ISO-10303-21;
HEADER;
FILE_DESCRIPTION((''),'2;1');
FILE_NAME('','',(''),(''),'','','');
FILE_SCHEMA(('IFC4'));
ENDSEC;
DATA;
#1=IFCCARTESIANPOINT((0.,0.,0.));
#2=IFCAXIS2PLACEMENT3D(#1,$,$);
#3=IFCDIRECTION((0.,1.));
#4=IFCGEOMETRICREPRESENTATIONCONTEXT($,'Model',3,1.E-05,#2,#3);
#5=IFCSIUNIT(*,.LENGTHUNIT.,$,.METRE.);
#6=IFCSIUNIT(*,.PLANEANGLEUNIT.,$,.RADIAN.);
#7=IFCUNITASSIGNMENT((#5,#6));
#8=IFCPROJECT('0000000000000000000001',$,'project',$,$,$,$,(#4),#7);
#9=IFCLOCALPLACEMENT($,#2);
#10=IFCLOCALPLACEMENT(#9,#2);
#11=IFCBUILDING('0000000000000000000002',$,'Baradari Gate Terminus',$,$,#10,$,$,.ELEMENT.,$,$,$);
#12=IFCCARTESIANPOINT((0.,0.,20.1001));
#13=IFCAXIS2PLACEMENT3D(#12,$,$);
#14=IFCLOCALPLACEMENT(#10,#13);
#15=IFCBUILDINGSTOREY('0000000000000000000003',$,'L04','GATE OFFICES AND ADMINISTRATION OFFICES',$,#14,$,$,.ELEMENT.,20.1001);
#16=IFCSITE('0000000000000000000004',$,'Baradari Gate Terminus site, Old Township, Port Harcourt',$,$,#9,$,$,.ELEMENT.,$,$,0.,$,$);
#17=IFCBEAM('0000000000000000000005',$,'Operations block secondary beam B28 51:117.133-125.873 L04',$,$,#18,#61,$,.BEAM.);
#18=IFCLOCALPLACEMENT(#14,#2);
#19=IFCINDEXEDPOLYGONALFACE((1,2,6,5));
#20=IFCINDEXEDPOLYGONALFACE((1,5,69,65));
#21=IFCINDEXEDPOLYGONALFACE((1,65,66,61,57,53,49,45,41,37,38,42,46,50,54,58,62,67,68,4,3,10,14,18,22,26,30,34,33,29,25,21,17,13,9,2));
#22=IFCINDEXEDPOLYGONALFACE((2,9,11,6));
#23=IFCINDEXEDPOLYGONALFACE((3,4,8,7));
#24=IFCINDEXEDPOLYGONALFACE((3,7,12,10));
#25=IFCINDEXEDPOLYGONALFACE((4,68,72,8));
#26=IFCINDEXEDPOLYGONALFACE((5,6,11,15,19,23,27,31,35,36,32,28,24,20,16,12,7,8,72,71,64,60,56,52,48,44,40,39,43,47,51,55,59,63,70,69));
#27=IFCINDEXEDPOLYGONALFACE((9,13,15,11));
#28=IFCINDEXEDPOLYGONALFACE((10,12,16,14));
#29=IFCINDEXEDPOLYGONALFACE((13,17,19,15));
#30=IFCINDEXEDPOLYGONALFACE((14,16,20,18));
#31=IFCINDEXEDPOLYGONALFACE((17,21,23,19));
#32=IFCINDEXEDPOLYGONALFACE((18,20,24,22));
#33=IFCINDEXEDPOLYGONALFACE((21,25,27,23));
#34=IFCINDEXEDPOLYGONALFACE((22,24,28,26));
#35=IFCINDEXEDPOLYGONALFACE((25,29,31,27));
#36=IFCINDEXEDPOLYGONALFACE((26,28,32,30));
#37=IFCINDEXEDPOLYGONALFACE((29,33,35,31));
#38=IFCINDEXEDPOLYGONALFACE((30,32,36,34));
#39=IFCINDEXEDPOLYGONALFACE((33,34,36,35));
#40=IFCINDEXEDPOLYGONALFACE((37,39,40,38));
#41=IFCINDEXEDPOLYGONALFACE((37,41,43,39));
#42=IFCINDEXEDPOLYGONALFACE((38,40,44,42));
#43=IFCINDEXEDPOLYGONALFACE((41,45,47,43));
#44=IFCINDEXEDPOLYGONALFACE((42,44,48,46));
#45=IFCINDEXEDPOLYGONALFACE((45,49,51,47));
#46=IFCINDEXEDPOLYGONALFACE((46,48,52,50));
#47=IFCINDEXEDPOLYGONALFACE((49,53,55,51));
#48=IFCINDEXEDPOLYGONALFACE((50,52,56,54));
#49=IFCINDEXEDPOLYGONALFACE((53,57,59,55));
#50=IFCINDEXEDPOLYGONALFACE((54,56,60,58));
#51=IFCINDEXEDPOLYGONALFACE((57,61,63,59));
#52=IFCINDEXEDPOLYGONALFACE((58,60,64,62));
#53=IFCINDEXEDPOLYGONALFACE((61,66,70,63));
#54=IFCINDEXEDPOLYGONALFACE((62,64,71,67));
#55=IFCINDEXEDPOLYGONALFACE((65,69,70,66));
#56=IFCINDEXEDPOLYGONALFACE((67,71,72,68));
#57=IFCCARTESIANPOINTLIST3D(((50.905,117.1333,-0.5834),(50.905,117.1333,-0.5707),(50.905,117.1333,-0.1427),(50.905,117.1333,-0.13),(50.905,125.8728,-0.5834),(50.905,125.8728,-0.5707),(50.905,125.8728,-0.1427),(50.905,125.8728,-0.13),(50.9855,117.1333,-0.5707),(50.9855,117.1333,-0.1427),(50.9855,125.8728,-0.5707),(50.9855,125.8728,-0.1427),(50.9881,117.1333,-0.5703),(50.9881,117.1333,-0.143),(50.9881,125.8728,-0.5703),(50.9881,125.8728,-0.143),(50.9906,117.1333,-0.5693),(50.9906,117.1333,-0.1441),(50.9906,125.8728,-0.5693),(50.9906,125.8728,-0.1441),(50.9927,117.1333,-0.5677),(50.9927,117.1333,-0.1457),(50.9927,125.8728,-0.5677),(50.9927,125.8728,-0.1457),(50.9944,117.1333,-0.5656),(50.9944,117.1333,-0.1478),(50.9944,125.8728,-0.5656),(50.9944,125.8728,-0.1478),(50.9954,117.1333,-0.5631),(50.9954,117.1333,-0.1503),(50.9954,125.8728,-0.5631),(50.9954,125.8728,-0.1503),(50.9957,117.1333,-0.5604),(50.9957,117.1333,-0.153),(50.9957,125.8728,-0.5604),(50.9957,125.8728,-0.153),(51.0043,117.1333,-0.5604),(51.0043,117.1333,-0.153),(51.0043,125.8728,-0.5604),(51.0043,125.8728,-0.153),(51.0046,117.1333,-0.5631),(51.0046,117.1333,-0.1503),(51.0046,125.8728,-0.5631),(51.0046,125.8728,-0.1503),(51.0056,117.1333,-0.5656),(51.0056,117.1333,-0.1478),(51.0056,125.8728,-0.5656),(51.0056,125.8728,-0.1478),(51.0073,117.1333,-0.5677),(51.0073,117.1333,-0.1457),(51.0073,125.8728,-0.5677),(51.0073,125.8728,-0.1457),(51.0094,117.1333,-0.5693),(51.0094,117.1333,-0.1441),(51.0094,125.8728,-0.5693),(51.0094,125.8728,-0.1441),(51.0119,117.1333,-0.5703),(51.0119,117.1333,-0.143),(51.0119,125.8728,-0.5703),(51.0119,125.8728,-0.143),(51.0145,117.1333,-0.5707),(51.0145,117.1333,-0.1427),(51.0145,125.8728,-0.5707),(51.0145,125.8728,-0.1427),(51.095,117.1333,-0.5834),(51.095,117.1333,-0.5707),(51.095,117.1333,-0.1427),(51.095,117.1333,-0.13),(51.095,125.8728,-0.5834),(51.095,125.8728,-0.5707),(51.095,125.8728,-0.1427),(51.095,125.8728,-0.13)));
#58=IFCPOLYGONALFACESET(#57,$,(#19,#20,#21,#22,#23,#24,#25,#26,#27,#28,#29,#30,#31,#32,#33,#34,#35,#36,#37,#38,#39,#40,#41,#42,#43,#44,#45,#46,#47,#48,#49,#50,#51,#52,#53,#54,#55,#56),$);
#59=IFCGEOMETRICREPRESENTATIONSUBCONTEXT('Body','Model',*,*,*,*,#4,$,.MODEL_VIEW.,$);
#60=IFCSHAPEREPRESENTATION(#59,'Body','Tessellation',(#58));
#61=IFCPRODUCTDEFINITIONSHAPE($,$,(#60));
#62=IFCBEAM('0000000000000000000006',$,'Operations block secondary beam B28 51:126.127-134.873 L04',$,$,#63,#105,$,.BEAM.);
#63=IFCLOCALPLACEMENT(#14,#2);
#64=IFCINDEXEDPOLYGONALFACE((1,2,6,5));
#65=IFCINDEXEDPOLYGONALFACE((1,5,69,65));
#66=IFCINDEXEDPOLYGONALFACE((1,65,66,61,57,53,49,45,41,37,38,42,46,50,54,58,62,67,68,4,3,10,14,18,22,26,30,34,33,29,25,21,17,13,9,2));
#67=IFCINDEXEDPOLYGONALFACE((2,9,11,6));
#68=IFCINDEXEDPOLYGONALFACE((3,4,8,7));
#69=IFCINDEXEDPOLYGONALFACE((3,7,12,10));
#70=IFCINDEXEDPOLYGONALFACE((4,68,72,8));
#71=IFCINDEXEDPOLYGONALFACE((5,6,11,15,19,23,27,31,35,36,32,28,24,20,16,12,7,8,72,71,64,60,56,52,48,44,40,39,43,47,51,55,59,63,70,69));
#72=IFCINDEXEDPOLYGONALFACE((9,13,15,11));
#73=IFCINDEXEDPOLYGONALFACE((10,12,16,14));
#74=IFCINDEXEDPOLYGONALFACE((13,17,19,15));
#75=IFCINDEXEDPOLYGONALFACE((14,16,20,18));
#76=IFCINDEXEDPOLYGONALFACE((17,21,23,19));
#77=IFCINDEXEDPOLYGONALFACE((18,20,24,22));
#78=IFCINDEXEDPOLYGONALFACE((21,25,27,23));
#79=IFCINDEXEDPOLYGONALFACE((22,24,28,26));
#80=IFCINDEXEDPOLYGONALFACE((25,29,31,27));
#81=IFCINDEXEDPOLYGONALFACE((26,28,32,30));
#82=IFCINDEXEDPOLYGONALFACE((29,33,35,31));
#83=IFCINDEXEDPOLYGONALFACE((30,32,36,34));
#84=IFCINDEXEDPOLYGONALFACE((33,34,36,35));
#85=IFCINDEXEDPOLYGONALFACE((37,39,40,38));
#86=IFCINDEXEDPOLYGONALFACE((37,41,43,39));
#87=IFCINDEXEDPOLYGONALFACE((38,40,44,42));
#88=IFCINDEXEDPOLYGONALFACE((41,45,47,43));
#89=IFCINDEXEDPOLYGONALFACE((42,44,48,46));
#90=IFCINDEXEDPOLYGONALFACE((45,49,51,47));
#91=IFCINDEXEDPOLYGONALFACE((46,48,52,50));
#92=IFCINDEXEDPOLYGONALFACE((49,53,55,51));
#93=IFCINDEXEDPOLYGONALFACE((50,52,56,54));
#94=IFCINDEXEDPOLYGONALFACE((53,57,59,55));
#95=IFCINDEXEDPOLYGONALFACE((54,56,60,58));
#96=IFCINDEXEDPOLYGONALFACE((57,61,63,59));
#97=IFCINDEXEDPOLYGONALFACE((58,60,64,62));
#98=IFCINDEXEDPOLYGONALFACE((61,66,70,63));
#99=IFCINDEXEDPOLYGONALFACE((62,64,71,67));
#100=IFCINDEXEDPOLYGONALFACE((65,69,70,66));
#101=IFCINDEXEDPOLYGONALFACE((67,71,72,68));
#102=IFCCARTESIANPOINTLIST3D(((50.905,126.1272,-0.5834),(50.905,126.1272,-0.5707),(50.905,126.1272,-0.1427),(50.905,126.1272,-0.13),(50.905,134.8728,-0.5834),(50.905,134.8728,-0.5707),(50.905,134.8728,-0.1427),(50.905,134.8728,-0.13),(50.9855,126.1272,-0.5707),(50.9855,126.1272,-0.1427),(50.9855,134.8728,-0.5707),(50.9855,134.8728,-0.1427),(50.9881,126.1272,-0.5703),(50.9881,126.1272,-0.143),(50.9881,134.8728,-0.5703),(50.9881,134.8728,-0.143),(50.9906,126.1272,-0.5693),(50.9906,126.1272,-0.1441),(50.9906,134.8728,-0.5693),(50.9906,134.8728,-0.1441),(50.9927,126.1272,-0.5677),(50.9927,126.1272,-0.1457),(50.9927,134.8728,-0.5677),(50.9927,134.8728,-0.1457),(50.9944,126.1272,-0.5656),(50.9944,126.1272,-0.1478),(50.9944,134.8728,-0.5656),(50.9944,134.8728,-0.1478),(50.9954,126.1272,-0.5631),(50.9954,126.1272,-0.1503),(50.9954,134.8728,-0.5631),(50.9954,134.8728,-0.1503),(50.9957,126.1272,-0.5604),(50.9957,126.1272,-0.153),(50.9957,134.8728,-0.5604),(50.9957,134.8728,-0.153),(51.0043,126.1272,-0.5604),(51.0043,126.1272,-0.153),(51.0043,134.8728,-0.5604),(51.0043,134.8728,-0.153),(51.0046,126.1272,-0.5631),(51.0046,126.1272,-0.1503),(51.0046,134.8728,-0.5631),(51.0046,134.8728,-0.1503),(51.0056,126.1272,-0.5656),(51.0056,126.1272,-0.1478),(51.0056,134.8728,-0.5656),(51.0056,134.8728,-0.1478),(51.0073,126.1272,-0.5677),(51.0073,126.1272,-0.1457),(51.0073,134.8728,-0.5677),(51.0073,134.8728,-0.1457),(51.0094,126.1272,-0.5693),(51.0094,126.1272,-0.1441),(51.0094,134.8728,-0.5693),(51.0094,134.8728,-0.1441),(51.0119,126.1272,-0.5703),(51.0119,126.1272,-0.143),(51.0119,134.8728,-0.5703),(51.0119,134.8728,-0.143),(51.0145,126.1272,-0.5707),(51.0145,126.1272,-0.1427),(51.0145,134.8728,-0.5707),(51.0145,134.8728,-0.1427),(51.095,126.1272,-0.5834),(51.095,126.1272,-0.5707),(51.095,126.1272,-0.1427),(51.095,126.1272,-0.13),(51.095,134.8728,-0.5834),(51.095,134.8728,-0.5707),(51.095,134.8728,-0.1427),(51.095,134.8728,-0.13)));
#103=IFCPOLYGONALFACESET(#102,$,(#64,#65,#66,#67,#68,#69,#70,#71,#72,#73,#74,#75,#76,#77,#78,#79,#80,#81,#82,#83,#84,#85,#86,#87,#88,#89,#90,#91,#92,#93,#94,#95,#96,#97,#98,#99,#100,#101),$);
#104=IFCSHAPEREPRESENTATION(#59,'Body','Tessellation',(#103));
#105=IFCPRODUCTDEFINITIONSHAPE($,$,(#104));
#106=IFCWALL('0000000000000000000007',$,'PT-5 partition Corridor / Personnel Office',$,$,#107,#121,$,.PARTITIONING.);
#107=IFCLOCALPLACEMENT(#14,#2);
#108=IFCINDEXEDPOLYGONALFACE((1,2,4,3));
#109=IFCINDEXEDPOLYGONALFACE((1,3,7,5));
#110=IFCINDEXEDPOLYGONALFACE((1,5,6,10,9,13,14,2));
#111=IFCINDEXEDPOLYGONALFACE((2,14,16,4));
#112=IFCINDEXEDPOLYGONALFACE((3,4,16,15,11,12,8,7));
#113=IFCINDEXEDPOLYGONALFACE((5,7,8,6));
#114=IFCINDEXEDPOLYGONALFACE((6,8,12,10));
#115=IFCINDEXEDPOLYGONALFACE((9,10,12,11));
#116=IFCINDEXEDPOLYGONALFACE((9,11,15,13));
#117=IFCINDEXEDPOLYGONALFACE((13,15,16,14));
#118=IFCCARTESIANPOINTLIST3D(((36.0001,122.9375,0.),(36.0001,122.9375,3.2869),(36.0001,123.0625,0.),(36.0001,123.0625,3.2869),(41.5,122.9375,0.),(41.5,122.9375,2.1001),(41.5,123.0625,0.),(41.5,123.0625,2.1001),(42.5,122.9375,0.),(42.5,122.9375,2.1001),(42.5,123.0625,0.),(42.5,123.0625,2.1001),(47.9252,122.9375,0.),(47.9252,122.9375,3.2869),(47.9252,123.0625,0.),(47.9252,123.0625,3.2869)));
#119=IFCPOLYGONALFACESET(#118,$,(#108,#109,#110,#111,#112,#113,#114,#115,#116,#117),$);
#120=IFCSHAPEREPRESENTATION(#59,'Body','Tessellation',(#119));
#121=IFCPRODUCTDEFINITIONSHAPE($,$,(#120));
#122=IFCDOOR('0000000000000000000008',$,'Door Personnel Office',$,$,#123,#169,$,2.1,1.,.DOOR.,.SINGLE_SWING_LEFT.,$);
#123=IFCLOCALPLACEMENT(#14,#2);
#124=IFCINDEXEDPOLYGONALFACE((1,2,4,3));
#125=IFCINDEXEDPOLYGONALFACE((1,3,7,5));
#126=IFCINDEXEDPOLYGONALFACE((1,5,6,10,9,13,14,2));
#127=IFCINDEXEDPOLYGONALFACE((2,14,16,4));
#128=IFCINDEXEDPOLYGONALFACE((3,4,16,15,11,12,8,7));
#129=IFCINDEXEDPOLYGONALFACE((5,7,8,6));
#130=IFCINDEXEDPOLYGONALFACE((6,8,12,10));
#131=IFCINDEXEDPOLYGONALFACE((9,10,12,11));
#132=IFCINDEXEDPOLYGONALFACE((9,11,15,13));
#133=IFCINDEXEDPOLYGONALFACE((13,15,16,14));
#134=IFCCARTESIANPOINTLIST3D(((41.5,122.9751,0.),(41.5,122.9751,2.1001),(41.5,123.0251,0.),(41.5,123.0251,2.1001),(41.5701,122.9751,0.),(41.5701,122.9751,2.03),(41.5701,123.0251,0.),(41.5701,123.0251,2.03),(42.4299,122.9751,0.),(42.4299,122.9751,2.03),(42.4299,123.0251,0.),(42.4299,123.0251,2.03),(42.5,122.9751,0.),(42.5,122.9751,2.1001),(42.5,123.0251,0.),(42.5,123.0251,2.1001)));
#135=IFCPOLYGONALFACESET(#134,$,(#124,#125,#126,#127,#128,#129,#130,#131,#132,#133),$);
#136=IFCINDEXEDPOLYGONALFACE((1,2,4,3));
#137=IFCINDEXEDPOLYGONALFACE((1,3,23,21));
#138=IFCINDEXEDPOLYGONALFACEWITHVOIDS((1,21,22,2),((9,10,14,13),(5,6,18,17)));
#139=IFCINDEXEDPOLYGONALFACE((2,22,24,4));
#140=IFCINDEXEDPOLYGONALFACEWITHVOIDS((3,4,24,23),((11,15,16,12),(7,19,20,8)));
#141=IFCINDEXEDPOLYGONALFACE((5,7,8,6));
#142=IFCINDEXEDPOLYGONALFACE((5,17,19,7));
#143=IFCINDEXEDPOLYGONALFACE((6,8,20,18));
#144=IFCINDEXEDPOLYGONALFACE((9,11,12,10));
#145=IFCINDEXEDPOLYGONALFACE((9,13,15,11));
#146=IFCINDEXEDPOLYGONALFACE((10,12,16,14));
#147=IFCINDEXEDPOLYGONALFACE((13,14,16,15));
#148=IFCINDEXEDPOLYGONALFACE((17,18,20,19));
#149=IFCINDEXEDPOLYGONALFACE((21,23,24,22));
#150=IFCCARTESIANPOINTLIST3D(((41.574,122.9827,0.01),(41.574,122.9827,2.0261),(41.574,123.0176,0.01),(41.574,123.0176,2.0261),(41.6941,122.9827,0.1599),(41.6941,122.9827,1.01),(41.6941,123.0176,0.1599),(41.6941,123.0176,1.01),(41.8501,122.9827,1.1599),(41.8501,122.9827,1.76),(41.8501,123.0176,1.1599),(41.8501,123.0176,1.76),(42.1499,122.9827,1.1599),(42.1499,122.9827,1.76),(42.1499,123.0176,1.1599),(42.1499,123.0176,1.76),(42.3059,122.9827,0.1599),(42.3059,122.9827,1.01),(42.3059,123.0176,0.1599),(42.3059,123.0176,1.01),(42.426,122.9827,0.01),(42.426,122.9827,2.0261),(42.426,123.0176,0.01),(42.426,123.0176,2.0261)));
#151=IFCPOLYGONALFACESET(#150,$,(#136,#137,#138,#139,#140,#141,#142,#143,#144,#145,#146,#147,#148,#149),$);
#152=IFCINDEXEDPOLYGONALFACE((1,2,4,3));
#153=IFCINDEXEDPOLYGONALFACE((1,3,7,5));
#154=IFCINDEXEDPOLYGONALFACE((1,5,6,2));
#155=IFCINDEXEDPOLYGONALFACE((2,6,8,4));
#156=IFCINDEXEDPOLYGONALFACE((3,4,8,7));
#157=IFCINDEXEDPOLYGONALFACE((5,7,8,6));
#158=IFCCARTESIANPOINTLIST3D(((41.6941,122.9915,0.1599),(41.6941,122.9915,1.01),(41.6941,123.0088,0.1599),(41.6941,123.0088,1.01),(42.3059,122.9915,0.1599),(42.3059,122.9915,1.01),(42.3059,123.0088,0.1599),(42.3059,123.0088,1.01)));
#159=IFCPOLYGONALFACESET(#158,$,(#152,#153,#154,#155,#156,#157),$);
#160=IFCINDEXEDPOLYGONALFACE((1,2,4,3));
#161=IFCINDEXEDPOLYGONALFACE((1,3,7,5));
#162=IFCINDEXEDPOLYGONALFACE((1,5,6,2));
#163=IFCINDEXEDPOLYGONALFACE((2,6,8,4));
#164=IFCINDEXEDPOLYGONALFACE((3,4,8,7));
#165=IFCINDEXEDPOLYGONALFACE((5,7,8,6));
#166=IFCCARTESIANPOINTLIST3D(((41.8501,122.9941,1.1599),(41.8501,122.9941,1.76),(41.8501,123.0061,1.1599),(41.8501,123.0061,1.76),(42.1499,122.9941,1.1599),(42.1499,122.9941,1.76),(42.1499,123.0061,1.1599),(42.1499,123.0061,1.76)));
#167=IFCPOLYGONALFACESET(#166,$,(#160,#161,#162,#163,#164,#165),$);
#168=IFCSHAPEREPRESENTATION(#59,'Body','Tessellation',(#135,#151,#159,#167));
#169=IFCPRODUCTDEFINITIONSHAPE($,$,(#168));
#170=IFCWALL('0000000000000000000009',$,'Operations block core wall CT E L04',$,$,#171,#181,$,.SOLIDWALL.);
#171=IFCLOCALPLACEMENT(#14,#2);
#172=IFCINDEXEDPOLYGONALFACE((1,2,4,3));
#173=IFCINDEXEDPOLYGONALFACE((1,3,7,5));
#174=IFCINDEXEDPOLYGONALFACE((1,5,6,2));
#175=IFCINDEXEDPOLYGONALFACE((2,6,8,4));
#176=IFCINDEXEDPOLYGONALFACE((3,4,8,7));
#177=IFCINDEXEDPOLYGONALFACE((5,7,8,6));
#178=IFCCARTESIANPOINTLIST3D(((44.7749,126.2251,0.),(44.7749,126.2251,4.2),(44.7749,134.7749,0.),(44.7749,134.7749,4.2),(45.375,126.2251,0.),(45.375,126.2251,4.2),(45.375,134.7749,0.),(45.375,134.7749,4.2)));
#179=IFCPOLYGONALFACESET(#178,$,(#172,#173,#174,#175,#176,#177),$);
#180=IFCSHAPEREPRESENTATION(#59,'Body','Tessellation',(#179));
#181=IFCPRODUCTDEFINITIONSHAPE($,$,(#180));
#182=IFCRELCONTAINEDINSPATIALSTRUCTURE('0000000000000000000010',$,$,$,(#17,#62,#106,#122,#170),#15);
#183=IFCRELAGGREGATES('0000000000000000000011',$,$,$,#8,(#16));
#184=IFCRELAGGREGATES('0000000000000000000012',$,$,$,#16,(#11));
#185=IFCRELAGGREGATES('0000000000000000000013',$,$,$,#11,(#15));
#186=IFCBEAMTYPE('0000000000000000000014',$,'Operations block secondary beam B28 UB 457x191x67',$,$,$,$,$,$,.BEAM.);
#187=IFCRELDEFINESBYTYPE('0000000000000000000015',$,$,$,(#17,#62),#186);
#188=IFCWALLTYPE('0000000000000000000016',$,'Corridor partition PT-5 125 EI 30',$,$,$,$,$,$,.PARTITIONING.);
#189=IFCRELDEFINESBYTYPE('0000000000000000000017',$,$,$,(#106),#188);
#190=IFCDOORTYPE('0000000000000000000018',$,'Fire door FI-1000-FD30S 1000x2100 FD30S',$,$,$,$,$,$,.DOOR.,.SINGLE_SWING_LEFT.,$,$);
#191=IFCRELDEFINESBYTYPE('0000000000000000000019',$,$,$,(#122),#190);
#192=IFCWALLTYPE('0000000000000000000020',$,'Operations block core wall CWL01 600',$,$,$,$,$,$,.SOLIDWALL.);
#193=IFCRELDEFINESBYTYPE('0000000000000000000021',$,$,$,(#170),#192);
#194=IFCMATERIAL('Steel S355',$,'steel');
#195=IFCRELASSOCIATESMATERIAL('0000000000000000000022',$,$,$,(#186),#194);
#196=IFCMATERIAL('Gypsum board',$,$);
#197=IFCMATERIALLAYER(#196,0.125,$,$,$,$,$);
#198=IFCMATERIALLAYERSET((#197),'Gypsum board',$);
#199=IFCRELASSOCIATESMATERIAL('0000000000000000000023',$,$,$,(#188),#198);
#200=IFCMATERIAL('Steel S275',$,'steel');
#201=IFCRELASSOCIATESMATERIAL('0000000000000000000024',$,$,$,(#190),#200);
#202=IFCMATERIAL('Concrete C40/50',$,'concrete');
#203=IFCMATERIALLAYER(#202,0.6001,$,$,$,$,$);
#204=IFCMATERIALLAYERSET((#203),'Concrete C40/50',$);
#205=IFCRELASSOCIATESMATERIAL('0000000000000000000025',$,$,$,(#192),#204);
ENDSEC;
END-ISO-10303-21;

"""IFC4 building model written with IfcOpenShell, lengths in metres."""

from ifc_helpers import new_model, si_unit, direction, frame, frame_2d, origin, origin_2d, place, context, subcontext, project, spatial, polyline, rectangle, i_section, outline, extrude, material, layer, layer_set, material_profile, profile_set, type_object, element, fill, save


model = new_model("IFC4")

# Units and contexts
model_context = context("Model", 3, precision=1e-05, world=origin(), true_north=direction((0.0, 1.0)))
body_context = subcontext(model_context, "Body", "Model", "MODEL_VIEW")
ifc_project = project(units=[si_unit("LENGTHUNIT", "METRE"), si_unit("PLANEANGLEUNIT", "RADIAN")], contexts=[model_context])

# Site, building, storey
site_placement = place(None, origin())
site = spatial("IfcSite", under=ifc_project, at=site_placement, Name="Baradari Gate Terminus site, Old Township, Port Harcourt", CompositionType="ELEMENT", RefElevation=0.0)
building_placement = place(site_placement, origin())
building = spatial("IfcBuilding", under=site, at=building_placement, Name="Baradari Gate Terminus", CompositionType="ELEMENT")
storey_placement = place(building_placement, frame((0.0, 0.0, 20.1001)))
storey = spatial("IfcBuildingStorey", under=building, at=storey_placement, Name="L04", Description="GATE OFFICES AND ADMINISTRATION OFFICES", CompositionType="ELEMENT", Elevation=20.1001)

# Beams
ifc_material_1 = material(Name="Steel S355", Category="steel")
ifc_material_profile_1 = material_profile(ifc_material_1, i_section(OverallWidth=0.1899, OverallDepth=0.4534, WebThickness=0.0085, FlangeThickness=0.0127, FilletRadius=0.0103, at=origin_2d()), Name="UB 457x191x67")
ifc_profile_set_1 = profile_set([ifc_material_profile_1], Name="Steel S355")
beam_type_1 = type_object("IfcBeamType", Name="Operations block secondary beam B28 UB 457x191x67", PredefinedType="BEAM", material=ifc_profile_set_1)
beam_1_placement = place(storey_placement, frame((51.0, 117.1333, -0.3567), z_axis=(0.0, 1.0, 0.0), x_axis=(-1.0, 0.0, 0.0)))
element("IfcBeam", 1, at=beam_1_placement, inside=storey, type_object=beam_type_1, Name="Operations block secondary beam B28 51:117.133-125.873 L04", PredefinedType="BEAM", context=body_context, shape_type="SweptSolid", body=[
    extrude(i_section(OverallWidth=0.1899, OverallDepth=0.4534, WebThickness=0.0085, FlangeThickness=0.0127, FilletRadius=0.0103, at=origin_2d()), origin(), (0.0, 0.0, 1.0), 8.7395),
])
beam_2_placement = place(storey_placement, frame((51.0, 126.1272, -0.3567), z_axis=(0.0, 1.0, 0.0), x_axis=(-1.0, 0.0, 0.0)))
element("IfcBeam", 2, at=beam_2_placement, inside=storey, type_object=beam_type_1, Name="Operations block secondary beam B28 51:126.127-134.873 L04", PredefinedType="BEAM", context=body_context, shape_type="SweptSolid", body=[
    extrude(i_section(OverallWidth=0.1899, OverallDepth=0.4534, WebThickness=0.0085, FlangeThickness=0.0127, FilletRadius=0.0103, at=origin_2d()), origin(), (0.0, 0.0, 1.0), 8.7456),
])

# Wall, opening, door
ifc_material_2 = material(Name="Gypsum board")
ifc_layer_1 = layer(ifc_material_2, 0.125)
ifc_layer_set_1 = layer_set([ifc_layer_1], Name="Gypsum board")
wall_type_1 = type_object("IfcWallType", Name="Corridor partition PT-5 125 EI 30", PredefinedType="PARTITIONING", material=ifc_layer_set_1)
wall_1_placement = place(storey_placement, frame((47.925, 123.0, 0.0), z_axis=(0.0, 0.0, 1.0), x_axis=(-1.0, 0.0, 0.0)))
wall_1 = element("IfcWall", 3, at=wall_1_placement, inside=storey, type_object=wall_type_1, Name="PT-5 partition Corridor / Personnel Office", PredefinedType="PARTITIONING", context=body_context, shape_type="SweptSolid", body=[
    extrude(rectangle(XDim=11.925, YDim=0.125, at=frame_2d((5.9624, 0.0))), origin(), (0.0, 0.0, 1.0), 3.2869),
])
opening_placement = place(wall_1_placement, frame((5.425, 0.0, 0.0)))
opening = element("IfcOpeningElement", 4, at=opening_placement, cuts=wall_1, PredefinedType="OPENING", context=body_context, shape_type="SweptSolid", body=[
    extrude(rectangle(XDim=1.0, YDim=2.1001, at=frame_2d((0.5, 1.05))), frame((0.0, 0.0725, 0.0), z_axis=(0.0, -1.0, 0.0), x_axis=(1.0, 0.0, 0.0)), (0.0, 0.0, 1.0), 0.145),
])
ifc_material_3 = material(Name="Steel S275", Category="steel")
door_type = type_object("IfcDoorType", Name="Fire door FI-1000-FD30S 1000x2100 FD30S", OperationType="SINGLE_SWING_LEFT", PredefinedType="DOOR", material=ifc_material_3)
door_placement = place(opening_placement, origin())
door = element("IfcDoor", 5, at=door_placement, inside=storey, type_object=door_type, Name="Door Personnel Office", OperationType="SINGLE_SWING_LEFT", OverallHeight=2.1, OverallWidth=1.0, PredefinedType="DOOR", context=body_context, shape_type="SweptSolid", body=[
    extrude(outline(polyline([(0.0, 0.0), (0.0701, 0.0), (0.0701, 2.03), (0.9299, 2.03), (0.9299, 0.0), (1.0, 0.0), (1.0, 2.1001), (0.0, 2.1001), (0.0, 0.0)])), frame((0.0, 0.0249, 0.0), z_axis=(0.0, -1.0, 0.0), x_axis=(1.0, 0.0, 0.0)), (0.0, 0.0, 1.0), 0.05),
    extrude(outline(polyline([(0.074, 0.01), (0.926, 0.01), (0.926, 2.0261), (0.074, 2.0261), (0.074, 0.01)]), holes=[polyline([(0.1941, 0.1599), (0.8059, 0.1599), (0.8059, 1.01), (0.1941, 1.01), (0.1941, 0.1599)]), polyline([(0.3501, 1.1599), (0.6499, 1.1599), (0.6499, 1.76), (0.3501, 1.76), (0.3501, 1.1599)])]), frame((0.0, 0.0173, 0.0), z_axis=(0.0, -1.0, 0.0), x_axis=(1.0, 0.0, 0.0)), (0.0, 0.0, 1.0), 0.0349),
    extrude(rectangle(XDim=0.6118, YDim=0.8501, at=frame_2d((0.5, 0.585))), frame((0.0, 0.0085, 0.0), z_axis=(0.0, -1.0, 0.0), x_axis=(1.0, 0.0, 0.0)), (0.0, 0.0, 1.0), 0.0173),
    extrude(rectangle(XDim=0.2998, YDim=0.6001, at=frame_2d((0.5, 1.46))), frame((0.0, 0.0059, 0.0), z_axis=(0.0, -1.0, 0.0), x_axis=(1.0, 0.0, 0.0)), (0.0, 0.0, 1.0), 0.012),
])
fill(opening, door)

# Wall
ifc_material_4 = material(Name="Concrete C40/50", Category="concrete")
ifc_layer_2 = layer(ifc_material_4, 0.6001)
ifc_layer_set_2 = layer_set([ifc_layer_2], Name="Concrete C40/50")
wall_type_2 = type_object("IfcWallType", Name="Operations block core wall CWL01 600", PredefinedType="SOLIDWALL", material=ifc_layer_set_2)
wall_2_placement = place(storey_placement, frame((45.075, 126.2251, 0.0), z_axis=(0.0, 0.0, 1.0), x_axis=(0.0, 1.0, 0.0)))
element("IfcWall", 6, at=wall_2_placement, inside=storey, type_object=wall_type_2, Name="Operations block core wall CT E L04", PredefinedType="SOLIDWALL", context=body_context, shape_type="SweptSolid", body=[
    extrude(rectangle(XDim=8.5498, YDim=0.6001, at=frame_2d((4.2749, 0.0))), origin(), (0.0, 0.0, 1.0), 4.2),
])

save(model, "model.ifc")
